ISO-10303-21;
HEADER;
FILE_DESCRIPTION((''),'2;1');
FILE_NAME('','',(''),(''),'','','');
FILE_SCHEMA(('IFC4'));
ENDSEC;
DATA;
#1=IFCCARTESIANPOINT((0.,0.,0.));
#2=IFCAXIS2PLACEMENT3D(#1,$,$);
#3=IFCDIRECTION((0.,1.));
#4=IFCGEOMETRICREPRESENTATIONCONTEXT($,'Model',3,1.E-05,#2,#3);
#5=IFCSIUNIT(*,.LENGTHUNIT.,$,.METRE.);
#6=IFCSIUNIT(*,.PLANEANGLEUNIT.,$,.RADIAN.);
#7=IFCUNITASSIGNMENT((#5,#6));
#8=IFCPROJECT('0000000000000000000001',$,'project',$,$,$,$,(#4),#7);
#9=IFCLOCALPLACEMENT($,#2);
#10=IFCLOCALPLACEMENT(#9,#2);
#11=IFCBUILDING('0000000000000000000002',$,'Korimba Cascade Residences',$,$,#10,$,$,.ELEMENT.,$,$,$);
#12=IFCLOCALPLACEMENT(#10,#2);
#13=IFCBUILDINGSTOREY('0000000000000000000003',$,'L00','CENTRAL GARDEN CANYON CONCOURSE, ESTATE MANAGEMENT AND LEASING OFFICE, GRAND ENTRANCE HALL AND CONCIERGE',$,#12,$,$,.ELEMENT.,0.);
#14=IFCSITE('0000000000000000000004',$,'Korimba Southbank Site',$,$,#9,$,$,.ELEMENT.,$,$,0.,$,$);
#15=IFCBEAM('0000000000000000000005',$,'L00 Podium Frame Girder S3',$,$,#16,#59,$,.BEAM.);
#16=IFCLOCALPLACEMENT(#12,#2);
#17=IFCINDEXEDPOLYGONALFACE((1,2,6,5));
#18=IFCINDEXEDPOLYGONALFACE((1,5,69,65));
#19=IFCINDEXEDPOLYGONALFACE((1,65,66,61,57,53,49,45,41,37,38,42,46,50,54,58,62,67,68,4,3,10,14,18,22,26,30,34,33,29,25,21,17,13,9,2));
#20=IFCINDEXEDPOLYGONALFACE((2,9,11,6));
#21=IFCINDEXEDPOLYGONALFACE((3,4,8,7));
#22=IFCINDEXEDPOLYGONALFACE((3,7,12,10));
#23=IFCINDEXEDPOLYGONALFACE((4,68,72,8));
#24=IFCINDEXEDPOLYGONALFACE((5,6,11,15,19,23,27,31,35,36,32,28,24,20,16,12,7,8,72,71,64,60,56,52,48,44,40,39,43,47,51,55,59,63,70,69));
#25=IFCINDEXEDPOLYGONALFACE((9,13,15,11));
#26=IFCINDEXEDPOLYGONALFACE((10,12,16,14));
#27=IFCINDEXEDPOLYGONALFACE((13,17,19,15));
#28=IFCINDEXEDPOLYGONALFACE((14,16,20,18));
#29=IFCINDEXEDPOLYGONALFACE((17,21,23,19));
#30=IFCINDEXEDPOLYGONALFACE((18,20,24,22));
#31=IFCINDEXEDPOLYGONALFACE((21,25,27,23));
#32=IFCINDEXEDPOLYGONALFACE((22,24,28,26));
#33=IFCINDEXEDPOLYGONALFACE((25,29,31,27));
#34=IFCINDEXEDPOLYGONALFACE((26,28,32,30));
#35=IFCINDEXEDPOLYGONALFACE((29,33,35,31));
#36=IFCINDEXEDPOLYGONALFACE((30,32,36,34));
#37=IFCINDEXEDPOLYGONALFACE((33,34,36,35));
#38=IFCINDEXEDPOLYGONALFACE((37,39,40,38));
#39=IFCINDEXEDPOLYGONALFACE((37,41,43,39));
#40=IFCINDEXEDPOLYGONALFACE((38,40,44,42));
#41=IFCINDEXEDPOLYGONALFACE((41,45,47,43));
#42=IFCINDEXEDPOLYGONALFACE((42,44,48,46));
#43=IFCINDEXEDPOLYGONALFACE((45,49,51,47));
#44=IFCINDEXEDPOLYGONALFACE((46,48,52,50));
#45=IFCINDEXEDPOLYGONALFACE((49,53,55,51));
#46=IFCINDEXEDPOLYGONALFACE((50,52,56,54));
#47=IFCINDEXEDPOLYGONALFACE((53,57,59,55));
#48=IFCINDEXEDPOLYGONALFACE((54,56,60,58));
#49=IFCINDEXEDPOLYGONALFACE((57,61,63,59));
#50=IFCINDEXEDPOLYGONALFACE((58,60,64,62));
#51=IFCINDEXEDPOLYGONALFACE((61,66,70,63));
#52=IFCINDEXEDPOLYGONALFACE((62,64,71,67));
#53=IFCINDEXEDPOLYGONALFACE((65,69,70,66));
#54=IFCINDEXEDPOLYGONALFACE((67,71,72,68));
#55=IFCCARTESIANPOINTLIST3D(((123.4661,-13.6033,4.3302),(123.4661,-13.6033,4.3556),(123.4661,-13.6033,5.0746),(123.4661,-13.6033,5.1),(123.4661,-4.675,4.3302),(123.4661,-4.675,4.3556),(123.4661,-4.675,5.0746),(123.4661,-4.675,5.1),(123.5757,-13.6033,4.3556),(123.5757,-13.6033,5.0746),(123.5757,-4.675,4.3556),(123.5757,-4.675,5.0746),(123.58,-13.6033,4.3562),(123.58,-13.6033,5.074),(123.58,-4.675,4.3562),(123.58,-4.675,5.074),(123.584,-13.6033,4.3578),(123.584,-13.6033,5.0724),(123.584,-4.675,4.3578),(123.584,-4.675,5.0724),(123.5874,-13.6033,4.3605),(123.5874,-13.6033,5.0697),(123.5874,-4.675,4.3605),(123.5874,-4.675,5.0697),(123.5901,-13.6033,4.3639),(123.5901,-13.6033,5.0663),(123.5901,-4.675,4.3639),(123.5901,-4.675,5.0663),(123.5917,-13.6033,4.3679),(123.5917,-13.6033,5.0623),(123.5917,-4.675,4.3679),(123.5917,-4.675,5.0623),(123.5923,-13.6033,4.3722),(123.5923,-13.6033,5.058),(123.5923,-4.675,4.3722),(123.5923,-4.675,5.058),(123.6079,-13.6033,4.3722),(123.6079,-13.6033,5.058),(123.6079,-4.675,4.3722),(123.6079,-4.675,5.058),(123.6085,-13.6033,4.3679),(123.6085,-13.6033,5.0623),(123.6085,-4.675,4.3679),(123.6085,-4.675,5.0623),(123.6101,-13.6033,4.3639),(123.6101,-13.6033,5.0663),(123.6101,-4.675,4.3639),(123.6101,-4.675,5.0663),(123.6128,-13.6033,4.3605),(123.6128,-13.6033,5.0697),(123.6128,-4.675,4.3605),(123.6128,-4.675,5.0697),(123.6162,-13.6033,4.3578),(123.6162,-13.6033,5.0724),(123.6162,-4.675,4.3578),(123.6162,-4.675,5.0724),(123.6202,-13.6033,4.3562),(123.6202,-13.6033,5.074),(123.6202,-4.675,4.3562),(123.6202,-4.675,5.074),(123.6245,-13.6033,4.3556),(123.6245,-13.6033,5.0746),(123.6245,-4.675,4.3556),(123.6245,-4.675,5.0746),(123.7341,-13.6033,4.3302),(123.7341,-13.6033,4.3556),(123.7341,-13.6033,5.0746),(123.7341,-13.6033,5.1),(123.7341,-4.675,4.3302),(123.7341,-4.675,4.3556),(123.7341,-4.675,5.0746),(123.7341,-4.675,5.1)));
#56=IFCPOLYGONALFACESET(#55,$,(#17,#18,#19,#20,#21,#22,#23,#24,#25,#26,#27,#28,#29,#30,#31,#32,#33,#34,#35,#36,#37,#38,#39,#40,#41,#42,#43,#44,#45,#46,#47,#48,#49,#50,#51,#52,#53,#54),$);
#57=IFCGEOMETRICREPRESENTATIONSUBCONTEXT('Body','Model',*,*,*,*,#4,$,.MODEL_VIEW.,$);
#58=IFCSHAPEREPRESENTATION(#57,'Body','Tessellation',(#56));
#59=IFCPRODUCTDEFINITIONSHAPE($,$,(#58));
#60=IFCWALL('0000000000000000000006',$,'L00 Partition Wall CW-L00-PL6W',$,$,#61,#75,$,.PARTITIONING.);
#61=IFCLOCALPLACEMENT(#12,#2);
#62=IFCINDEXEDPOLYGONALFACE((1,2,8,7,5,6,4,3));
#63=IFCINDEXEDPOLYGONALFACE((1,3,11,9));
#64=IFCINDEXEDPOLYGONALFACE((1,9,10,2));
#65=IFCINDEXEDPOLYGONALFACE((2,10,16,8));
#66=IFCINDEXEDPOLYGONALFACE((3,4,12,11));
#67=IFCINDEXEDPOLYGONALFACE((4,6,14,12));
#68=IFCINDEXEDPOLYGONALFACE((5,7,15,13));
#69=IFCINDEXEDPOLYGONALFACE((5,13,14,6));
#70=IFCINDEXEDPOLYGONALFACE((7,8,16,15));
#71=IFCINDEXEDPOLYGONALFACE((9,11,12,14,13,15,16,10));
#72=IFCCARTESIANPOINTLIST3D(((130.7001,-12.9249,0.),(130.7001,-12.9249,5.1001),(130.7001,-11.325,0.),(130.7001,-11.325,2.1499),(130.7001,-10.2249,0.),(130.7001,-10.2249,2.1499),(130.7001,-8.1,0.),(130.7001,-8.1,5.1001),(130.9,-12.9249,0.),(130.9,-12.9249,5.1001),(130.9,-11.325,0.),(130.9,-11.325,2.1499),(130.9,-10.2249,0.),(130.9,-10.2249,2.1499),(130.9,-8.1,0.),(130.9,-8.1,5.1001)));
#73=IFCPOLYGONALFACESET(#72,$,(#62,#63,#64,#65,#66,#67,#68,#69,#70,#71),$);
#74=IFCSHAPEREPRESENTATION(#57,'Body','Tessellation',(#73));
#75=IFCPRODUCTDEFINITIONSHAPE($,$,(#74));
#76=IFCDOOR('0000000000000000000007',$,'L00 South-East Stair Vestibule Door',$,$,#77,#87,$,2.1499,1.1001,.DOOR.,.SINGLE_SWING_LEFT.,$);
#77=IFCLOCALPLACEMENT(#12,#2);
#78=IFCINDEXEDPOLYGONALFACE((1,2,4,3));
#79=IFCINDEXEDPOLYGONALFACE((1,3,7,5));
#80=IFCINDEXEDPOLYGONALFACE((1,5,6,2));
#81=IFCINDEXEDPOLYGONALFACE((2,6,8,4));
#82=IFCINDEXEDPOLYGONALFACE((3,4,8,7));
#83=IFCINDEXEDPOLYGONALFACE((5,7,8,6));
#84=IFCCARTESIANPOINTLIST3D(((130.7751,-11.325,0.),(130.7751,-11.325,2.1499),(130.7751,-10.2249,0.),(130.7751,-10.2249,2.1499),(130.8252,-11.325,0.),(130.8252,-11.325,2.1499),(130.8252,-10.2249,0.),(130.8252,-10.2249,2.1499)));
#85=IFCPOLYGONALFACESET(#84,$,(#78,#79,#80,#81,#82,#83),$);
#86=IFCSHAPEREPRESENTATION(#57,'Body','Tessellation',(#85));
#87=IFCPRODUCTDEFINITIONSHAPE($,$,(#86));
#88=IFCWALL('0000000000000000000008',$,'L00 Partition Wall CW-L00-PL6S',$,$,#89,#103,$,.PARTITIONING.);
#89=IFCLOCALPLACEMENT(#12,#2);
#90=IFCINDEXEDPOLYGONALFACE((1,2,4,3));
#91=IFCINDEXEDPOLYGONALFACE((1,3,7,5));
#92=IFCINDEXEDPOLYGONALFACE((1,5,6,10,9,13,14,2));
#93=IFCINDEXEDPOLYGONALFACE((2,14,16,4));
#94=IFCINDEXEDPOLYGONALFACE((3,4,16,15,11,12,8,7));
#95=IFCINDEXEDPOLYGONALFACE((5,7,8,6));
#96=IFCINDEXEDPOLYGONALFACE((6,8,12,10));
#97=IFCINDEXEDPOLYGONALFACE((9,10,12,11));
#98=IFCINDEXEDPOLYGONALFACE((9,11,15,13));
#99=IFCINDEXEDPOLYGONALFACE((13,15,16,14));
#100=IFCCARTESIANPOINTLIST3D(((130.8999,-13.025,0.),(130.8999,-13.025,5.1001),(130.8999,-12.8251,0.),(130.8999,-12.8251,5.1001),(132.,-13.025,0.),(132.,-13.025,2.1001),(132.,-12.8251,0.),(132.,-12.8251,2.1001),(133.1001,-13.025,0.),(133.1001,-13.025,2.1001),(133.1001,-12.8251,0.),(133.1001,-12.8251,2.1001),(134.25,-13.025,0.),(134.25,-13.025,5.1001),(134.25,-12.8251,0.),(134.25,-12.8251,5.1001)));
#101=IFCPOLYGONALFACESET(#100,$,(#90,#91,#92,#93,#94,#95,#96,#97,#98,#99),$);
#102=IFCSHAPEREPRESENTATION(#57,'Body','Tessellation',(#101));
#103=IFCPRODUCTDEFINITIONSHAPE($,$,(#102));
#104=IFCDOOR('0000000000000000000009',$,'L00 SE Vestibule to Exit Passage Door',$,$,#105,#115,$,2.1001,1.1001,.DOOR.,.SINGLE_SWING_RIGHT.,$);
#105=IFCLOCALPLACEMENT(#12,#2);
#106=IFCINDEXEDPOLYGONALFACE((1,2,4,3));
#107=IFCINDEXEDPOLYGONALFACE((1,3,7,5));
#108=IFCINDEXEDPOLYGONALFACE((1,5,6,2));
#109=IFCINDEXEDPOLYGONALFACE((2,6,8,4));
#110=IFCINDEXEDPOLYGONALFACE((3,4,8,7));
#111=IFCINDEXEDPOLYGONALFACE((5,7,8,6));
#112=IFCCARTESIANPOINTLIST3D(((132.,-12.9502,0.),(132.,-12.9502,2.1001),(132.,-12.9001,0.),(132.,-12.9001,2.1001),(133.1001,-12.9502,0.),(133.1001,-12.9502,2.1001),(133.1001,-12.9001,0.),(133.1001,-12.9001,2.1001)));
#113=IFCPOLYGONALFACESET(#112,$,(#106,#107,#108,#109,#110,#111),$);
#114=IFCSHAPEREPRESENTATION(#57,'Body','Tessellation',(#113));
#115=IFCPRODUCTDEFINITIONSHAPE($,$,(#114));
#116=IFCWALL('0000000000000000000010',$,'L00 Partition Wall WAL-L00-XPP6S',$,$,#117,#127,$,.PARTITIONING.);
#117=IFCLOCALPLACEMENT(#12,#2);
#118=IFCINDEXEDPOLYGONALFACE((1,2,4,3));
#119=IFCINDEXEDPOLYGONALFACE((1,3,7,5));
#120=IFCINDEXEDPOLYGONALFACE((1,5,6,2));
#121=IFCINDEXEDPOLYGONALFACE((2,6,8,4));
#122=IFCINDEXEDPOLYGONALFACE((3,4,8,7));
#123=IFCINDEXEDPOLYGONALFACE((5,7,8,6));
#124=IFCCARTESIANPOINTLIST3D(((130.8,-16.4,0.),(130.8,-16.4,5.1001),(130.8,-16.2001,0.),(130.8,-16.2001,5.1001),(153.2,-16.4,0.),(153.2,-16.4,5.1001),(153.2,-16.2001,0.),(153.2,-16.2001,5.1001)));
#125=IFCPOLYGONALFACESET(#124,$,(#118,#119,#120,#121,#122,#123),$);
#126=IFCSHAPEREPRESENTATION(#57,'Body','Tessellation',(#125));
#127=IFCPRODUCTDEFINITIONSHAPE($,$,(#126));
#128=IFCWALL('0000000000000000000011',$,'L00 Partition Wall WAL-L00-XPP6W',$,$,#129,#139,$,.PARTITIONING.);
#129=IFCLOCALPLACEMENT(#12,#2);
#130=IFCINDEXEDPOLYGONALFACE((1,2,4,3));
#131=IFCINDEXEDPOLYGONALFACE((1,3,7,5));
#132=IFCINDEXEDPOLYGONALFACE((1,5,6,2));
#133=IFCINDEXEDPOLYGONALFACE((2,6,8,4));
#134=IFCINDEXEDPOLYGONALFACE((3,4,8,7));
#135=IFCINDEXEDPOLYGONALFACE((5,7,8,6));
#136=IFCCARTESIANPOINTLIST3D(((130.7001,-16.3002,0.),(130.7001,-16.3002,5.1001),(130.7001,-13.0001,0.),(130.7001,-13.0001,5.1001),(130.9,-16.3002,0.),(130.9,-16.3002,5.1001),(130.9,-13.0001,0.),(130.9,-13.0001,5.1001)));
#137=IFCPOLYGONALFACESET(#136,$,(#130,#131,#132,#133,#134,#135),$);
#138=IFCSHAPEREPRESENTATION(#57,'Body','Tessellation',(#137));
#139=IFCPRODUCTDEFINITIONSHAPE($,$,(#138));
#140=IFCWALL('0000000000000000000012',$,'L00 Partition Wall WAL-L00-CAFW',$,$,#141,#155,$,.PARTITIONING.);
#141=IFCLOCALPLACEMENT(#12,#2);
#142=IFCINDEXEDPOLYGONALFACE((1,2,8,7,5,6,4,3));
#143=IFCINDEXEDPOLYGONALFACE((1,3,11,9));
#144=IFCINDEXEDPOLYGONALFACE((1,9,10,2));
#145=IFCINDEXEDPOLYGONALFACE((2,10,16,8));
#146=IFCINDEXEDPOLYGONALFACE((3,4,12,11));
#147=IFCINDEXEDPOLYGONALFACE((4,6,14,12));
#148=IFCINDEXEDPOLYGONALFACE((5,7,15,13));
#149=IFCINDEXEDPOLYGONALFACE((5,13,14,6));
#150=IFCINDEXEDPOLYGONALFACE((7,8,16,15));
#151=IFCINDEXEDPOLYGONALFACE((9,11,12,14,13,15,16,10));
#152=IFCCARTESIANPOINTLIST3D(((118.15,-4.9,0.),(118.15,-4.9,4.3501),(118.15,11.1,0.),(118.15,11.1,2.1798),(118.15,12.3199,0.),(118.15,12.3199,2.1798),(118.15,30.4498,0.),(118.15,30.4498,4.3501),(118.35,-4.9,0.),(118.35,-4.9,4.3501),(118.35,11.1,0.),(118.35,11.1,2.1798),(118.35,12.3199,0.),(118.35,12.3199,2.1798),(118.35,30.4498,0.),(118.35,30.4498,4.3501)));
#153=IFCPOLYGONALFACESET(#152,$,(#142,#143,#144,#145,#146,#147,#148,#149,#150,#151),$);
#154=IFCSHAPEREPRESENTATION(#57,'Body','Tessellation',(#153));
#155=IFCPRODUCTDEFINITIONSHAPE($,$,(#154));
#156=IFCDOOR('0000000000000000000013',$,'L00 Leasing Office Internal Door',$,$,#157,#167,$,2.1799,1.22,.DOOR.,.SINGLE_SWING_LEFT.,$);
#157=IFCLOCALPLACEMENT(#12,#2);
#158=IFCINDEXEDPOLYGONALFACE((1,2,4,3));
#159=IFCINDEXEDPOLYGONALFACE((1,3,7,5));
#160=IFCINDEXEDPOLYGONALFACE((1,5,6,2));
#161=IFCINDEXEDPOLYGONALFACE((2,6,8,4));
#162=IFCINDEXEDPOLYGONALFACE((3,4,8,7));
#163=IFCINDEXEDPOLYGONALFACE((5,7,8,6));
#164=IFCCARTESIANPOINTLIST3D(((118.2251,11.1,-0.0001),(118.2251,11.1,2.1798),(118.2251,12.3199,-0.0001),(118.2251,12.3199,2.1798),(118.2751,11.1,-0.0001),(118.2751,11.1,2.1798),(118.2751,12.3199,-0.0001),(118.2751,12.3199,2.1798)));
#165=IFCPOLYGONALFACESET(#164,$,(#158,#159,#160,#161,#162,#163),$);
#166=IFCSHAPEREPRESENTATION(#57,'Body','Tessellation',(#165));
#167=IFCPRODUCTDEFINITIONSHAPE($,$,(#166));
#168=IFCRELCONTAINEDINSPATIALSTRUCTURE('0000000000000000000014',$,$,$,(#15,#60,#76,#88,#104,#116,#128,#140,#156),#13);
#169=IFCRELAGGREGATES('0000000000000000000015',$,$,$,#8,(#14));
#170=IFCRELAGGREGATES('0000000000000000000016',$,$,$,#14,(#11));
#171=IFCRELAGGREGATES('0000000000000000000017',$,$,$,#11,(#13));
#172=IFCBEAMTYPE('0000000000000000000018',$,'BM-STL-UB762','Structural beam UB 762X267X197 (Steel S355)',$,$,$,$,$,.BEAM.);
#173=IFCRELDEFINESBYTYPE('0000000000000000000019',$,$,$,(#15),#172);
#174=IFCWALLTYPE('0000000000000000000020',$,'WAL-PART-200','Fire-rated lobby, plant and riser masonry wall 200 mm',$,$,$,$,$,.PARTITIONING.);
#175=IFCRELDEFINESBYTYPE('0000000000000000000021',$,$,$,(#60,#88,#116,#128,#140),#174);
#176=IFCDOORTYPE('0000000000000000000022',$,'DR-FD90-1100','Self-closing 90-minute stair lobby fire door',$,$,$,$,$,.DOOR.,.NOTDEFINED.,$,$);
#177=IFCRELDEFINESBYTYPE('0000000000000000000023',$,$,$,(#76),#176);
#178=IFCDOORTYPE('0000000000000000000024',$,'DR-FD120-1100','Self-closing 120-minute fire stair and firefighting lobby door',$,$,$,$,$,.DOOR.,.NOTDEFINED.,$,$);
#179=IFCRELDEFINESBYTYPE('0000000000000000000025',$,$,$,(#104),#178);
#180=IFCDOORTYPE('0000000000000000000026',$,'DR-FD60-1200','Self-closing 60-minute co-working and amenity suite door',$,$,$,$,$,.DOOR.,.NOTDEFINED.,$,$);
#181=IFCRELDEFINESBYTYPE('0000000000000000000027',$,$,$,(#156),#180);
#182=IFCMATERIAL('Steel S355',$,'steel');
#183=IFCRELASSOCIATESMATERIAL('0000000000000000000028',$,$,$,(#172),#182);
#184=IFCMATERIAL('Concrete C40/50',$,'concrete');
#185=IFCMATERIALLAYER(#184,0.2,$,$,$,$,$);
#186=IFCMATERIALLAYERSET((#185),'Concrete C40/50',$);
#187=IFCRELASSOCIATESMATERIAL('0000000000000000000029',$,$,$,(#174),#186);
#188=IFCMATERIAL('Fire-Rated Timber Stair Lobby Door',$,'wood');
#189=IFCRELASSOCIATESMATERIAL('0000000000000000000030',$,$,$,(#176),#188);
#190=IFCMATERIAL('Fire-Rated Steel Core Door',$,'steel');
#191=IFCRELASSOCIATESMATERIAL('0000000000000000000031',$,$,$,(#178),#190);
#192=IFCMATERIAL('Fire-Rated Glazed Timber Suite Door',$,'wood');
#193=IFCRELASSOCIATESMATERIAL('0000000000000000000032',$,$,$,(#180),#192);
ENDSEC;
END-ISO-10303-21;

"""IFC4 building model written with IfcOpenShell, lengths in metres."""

from ifc_helpers import new_model, si_unit, direction, frame, frame_2d, origin, origin_2d, place, context, subcontext, project, spatial, rectangle, i_section, extrude, material, layer, layer_set, material_profile, profile_set, type_object, element, fill, save


model = new_model("IFC4")

# Units and contexts
model_context = context("Model", 3, precision=1e-05, world=origin(), true_north=direction((0.0, 1.0)))
body_context = subcontext(model_context, "Body", "Model", "MODEL_VIEW")
ifc_project = project(units=[si_unit("LENGTHUNIT", "METRE"), si_unit("PLANEANGLEUNIT", "RADIAN")], contexts=[model_context])

# Site, building, storey
site_placement = place(None, origin())
site = spatial("IfcSite", under=ifc_project, at=site_placement, Name="Korimba Southbank Site", CompositionType="ELEMENT", RefElevation=0.0)
building_placement = place(site_placement, origin())
building = spatial("IfcBuilding", under=site, at=building_placement, Name="Korimba Cascade Residences", CompositionType="ELEMENT")
storey_placement = place(building_placement, origin())
storey = spatial("IfcBuildingStorey", under=building, at=storey_placement, Name="L00", Description="CENTRAL GARDEN CANYON CONCOURSE, ESTATE MANAGEMENT AND LEASING OFFICE, GRAND ENTRANCE HALL AND CONCIERGE", CompositionType="ELEMENT", Elevation=0.0)

# Shared definitions
ifc_material_1 = material(Name="Steel S355", Category="steel")

# Beam
ifc_material_profile_1 = material_profile(ifc_material_1, i_section(OverallWidth=0.2681, OverallDepth=0.7698, WebThickness=0.0156, FlangeThickness=0.0254, FilletRadius=0.0166, at=origin_2d()), Name="Steel S355")
ifc_profile_set_1 = profile_set([ifc_material_profile_1], Name="Steel S355")
beam_type_1 = type_object("IfcBeamType", Name="BM-STL-UB762", Description="Structural beam UB 762X267X197 (Steel S355)", PredefinedType="BEAM", material=ifc_profile_set_1)
beam_1_placement = place(storey_placement, frame((123.6001, -13.6033, 4.7151), z_axis=(0.0, 1.0, 0.0), x_axis=(-1.0, 0.0, 0.0)))
element("IfcBeam", 1, at=beam_1_placement, inside=storey, type_object=beam_type_1, Name="L00 Podium Frame Girder S3", PredefinedType="BEAM", context=body_context, shape_type="SweptSolid", body=[
    extrude(i_section(OverallWidth=0.2681, OverallDepth=0.7698, WebThickness=0.0156, FlangeThickness=0.0254, FilletRadius=0.0166, at=origin_2d()), origin(), (0.0, 0.0, 1.0), 8.9282),
])

# Walls, openings, doors
ifc_material_2 = material(Name="Concrete C40/50", Category="concrete")
ifc_layer = layer(ifc_material_2, 0.2)
ifc_layer_set = layer_set([ifc_layer], Name="Concrete C40/50")
wall_type = type_object("IfcWallType", Name="WAL-PART-200", Description="Fire-rated lobby, plant and riser masonry wall 200 mm", PredefinedType="PARTITIONING", material=ifc_layer_set)
wall_1_placement = place(storey_placement, frame((130.8, -12.925, 0.0), z_axis=(0.0, 0.0, 1.0), x_axis=(0.0, 1.0, 0.0)))
wall_1 = element("IfcWall", 2, at=wall_1_placement, inside=storey, type_object=wall_type, Name="L00 Partition Wall CW-L00-PL6W", PredefinedType="PARTITIONING", context=body_context, shape_type="SweptSolid", body=[
    extrude(rectangle(XDim=4.825, YDim=0.2, at=frame_2d((2.4126, 0.0))), origin(), (0.0, 0.0, 1.0), 5.1001),
])
opening_1_placement = place(wall_1_placement, frame((1.6001, 0.0, 0.0)))
opening_1 = element("IfcOpeningElement", 3, at=opening_1_placement, cuts=wall_1, PredefinedType="OPENING", context=body_context, shape_type="SweptSolid", body=[
    extrude(rectangle(XDim=1.1001, YDim=2.1499, at=frame_2d((0.55, 1.075))), frame((0.0, 0.1099, 0.0), z_axis=(0.0, -1.0, 0.0), x_axis=(1.0, 0.0, 0.0)), (0.0, 0.0, 1.0), 0.22),
])
ifc_material_3 = material(Name="Fire-Rated Timber Stair Lobby Door", Category="wood")
door_type_1 = type_object("IfcDoorType", Name="DR-FD90-1100", Description="Self-closing 90-minute stair lobby fire door", OperationType="NOTDEFINED", PredefinedType="DOOR", material=ifc_material_3)
door_1_placement = place(opening_1_placement, origin())
door_1 = element("IfcDoor", 4, at=door_1_placement, inside=storey, type_object=door_type_1, Name="L00 South-East Stair Vestibule Door", OperationType="SINGLE_SWING_LEFT", OverallHeight=2.1499, OverallWidth=1.1001, PredefinedType="DOOR", context=body_context, shape_type="SweptSolid", body=[
    extrude(rectangle(XDim=1.1001, YDim=2.1499, at=frame_2d((0.55, 1.075))), frame((0.0, 0.0249, 0.0), z_axis=(0.0, -1.0, 0.0), x_axis=(1.0, 0.0, 0.0)), (0.0, 0.0, 1.0), 0.05),
])
fill(opening_1, door_1)
wall_2_placement = place(storey_placement, frame((130.8999, -12.925, 0.0), z_axis=(0.0, 0.0, 1.0), x_axis=(1.0, 0.0, 0.0)))
wall_2 = element("IfcWall", 5, at=wall_2_placement, inside=storey, type_object=wall_type, Name="L00 Partition Wall CW-L00-PL6S", PredefinedType="PARTITIONING", context=body_context, shape_type="SweptSolid", body=[
    extrude(rectangle(XDim=3.3501, YDim=0.2, at=frame_2d((1.675, 0.0))), origin(), (0.0, 0.0, 1.0), 5.1001),
])
opening_2_placement = place(wall_2_placement, frame((1.1001, 0.0, 0.0)))
opening_2 = element("IfcOpeningElement", 6, at=opening_2_placement, cuts=wall_2, PredefinedType="OPENING", context=body_context, shape_type="SweptSolid", body=[
    extrude(rectangle(XDim=1.1001, YDim=2.1001, at=frame_2d((0.55, 1.05))), frame((0.0, 0.1099, 0.0), z_axis=(0.0, -1.0, 0.0), x_axis=(1.0, 0.0, 0.0)), (0.0, 0.0, 1.0), 0.22),
])
ifc_material_4 = material(Name="Fire-Rated Steel Core Door", Category="steel")
door_type_2 = type_object("IfcDoorType", Name="DR-FD120-1100", Description="Self-closing 120-minute fire stair and firefighting lobby door", OperationType="NOTDEFINED", PredefinedType="DOOR", material=ifc_material_4)
door_2_placement = place(opening_2_placement, origin())
door_2 = element("IfcDoor", 7, at=door_2_placement, inside=storey, type_object=door_type_2, Name="L00 SE Vestibule to Exit Passage Door", OperationType="SINGLE_SWING_RIGHT", OverallHeight=2.1001, OverallWidth=1.1001, PredefinedType="DOOR", context=body_context, shape_type="SweptSolid", body=[
    extrude(rectangle(XDim=1.1001, YDim=2.1001, at=frame_2d((0.55, 1.05))), frame((0.0, 0.0249, 0.0), z_axis=(0.0, -1.0, 0.0), x_axis=(1.0, 0.0, 0.0)), (0.0, 0.0, 1.0), 0.05),
])
fill(opening_2, door_2)

# Walls
wall_3_placement = place(storey_placement, frame((130.8, -16.3, 0.0), z_axis=(0.0, 0.0, 1.0), x_axis=(1.0, 0.0, 0.0)))
element("IfcWall", 8, at=wall_3_placement, inside=storey, type_object=wall_type, Name="L00 Partition Wall WAL-L00-XPP6S", PredefinedType="PARTITIONING", context=body_context, shape_type="SweptSolid", body=[
    extrude(rectangle(XDim=22.3999, YDim=0.2, at=frame_2d((11.2, 0.0))), origin(), (0.0, 0.0, 1.0), 5.1001),
])
wall_4_placement = place(storey_placement, frame((130.8, -16.3, 0.0), z_axis=(0.0, 0.0, 1.0), x_axis=(0.0, 1.0, 0.0)))
element("IfcWall", 9, at=wall_4_placement, inside=storey, type_object=wall_type, Name="L00 Partition Wall WAL-L00-XPP6W", PredefinedType="PARTITIONING", context=body_context, shape_type="SweptSolid", body=[
    extrude(rectangle(XDim=3.3, YDim=0.2, at=frame_2d((1.6499, 0.0))), origin(), (0.0, 0.0, 1.0), 5.1001),
])

# Wall, opening, door
wall_5_placement = place(storey_placement, frame((118.25, -4.8999, 0.0), z_axis=(0.0, 0.0, 1.0), x_axis=(0.0, 1.0, 0.0)))
wall_5 = element("IfcWall", 10, at=wall_5_placement, inside=storey, type_object=wall_type, Name="L00 Partition Wall WAL-L00-CAFW", PredefinedType="PARTITIONING", context=body_context, shape_type="SweptSolid", body=[
    extrude(rectangle(XDim=35.3499, YDim=0.2, at=frame_2d((17.6748, 0.0))), origin(), (0.0, 0.0, 1.0), 4.3501),
])
opening_3_placement = place(wall_5_placement, frame((16.0, 0.0, 0.0)))
opening_3 = element("IfcOpeningElement", 11, at=opening_3_placement, cuts=wall_5, PredefinedType="OPENING", context=body_context, shape_type="SweptSolid", body=[
    extrude(rectangle(XDim=1.22, YDim=2.1799, at=frame_2d((0.6099, 1.0898))), frame((0.0, 0.1099, 0.0), z_axis=(0.0, -1.0, 0.0), x_axis=(1.0, 0.0, 0.0)), (0.0, 0.0, 1.0), 0.22),
])
ifc_material_5 = material(Name="Fire-Rated Glazed Timber Suite Door", Category="wood")
door_type_3 = type_object("IfcDoorType", Name="DR-FD60-1200", Description="Self-closing 60-minute co-working and amenity suite door", OperationType="NOTDEFINED", PredefinedType="DOOR", material=ifc_material_5)
door_3_placement = place(opening_3_placement, origin())
door_3 = element("IfcDoor", 12, at=door_3_placement, inside=storey, type_object=door_type_3, Name="L00 Leasing Office Internal Door", OperationType="SINGLE_SWING_LEFT", OverallHeight=2.1799, OverallWidth=1.22, PredefinedType="DOOR", context=body_context, shape_type="SweptSolid", body=[
    extrude(rectangle(XDim=1.22, YDim=2.1799, at=frame_2d((0.6099, 1.0898))), frame((0.0, 0.0249, 0.0), z_axis=(0.0, -1.0, 0.0), x_axis=(1.0, 0.0, 0.0)), (0.0, 0.0, 1.0), 0.05),
])
fill(opening_3, door_3)

save(model, "model.ifc")
